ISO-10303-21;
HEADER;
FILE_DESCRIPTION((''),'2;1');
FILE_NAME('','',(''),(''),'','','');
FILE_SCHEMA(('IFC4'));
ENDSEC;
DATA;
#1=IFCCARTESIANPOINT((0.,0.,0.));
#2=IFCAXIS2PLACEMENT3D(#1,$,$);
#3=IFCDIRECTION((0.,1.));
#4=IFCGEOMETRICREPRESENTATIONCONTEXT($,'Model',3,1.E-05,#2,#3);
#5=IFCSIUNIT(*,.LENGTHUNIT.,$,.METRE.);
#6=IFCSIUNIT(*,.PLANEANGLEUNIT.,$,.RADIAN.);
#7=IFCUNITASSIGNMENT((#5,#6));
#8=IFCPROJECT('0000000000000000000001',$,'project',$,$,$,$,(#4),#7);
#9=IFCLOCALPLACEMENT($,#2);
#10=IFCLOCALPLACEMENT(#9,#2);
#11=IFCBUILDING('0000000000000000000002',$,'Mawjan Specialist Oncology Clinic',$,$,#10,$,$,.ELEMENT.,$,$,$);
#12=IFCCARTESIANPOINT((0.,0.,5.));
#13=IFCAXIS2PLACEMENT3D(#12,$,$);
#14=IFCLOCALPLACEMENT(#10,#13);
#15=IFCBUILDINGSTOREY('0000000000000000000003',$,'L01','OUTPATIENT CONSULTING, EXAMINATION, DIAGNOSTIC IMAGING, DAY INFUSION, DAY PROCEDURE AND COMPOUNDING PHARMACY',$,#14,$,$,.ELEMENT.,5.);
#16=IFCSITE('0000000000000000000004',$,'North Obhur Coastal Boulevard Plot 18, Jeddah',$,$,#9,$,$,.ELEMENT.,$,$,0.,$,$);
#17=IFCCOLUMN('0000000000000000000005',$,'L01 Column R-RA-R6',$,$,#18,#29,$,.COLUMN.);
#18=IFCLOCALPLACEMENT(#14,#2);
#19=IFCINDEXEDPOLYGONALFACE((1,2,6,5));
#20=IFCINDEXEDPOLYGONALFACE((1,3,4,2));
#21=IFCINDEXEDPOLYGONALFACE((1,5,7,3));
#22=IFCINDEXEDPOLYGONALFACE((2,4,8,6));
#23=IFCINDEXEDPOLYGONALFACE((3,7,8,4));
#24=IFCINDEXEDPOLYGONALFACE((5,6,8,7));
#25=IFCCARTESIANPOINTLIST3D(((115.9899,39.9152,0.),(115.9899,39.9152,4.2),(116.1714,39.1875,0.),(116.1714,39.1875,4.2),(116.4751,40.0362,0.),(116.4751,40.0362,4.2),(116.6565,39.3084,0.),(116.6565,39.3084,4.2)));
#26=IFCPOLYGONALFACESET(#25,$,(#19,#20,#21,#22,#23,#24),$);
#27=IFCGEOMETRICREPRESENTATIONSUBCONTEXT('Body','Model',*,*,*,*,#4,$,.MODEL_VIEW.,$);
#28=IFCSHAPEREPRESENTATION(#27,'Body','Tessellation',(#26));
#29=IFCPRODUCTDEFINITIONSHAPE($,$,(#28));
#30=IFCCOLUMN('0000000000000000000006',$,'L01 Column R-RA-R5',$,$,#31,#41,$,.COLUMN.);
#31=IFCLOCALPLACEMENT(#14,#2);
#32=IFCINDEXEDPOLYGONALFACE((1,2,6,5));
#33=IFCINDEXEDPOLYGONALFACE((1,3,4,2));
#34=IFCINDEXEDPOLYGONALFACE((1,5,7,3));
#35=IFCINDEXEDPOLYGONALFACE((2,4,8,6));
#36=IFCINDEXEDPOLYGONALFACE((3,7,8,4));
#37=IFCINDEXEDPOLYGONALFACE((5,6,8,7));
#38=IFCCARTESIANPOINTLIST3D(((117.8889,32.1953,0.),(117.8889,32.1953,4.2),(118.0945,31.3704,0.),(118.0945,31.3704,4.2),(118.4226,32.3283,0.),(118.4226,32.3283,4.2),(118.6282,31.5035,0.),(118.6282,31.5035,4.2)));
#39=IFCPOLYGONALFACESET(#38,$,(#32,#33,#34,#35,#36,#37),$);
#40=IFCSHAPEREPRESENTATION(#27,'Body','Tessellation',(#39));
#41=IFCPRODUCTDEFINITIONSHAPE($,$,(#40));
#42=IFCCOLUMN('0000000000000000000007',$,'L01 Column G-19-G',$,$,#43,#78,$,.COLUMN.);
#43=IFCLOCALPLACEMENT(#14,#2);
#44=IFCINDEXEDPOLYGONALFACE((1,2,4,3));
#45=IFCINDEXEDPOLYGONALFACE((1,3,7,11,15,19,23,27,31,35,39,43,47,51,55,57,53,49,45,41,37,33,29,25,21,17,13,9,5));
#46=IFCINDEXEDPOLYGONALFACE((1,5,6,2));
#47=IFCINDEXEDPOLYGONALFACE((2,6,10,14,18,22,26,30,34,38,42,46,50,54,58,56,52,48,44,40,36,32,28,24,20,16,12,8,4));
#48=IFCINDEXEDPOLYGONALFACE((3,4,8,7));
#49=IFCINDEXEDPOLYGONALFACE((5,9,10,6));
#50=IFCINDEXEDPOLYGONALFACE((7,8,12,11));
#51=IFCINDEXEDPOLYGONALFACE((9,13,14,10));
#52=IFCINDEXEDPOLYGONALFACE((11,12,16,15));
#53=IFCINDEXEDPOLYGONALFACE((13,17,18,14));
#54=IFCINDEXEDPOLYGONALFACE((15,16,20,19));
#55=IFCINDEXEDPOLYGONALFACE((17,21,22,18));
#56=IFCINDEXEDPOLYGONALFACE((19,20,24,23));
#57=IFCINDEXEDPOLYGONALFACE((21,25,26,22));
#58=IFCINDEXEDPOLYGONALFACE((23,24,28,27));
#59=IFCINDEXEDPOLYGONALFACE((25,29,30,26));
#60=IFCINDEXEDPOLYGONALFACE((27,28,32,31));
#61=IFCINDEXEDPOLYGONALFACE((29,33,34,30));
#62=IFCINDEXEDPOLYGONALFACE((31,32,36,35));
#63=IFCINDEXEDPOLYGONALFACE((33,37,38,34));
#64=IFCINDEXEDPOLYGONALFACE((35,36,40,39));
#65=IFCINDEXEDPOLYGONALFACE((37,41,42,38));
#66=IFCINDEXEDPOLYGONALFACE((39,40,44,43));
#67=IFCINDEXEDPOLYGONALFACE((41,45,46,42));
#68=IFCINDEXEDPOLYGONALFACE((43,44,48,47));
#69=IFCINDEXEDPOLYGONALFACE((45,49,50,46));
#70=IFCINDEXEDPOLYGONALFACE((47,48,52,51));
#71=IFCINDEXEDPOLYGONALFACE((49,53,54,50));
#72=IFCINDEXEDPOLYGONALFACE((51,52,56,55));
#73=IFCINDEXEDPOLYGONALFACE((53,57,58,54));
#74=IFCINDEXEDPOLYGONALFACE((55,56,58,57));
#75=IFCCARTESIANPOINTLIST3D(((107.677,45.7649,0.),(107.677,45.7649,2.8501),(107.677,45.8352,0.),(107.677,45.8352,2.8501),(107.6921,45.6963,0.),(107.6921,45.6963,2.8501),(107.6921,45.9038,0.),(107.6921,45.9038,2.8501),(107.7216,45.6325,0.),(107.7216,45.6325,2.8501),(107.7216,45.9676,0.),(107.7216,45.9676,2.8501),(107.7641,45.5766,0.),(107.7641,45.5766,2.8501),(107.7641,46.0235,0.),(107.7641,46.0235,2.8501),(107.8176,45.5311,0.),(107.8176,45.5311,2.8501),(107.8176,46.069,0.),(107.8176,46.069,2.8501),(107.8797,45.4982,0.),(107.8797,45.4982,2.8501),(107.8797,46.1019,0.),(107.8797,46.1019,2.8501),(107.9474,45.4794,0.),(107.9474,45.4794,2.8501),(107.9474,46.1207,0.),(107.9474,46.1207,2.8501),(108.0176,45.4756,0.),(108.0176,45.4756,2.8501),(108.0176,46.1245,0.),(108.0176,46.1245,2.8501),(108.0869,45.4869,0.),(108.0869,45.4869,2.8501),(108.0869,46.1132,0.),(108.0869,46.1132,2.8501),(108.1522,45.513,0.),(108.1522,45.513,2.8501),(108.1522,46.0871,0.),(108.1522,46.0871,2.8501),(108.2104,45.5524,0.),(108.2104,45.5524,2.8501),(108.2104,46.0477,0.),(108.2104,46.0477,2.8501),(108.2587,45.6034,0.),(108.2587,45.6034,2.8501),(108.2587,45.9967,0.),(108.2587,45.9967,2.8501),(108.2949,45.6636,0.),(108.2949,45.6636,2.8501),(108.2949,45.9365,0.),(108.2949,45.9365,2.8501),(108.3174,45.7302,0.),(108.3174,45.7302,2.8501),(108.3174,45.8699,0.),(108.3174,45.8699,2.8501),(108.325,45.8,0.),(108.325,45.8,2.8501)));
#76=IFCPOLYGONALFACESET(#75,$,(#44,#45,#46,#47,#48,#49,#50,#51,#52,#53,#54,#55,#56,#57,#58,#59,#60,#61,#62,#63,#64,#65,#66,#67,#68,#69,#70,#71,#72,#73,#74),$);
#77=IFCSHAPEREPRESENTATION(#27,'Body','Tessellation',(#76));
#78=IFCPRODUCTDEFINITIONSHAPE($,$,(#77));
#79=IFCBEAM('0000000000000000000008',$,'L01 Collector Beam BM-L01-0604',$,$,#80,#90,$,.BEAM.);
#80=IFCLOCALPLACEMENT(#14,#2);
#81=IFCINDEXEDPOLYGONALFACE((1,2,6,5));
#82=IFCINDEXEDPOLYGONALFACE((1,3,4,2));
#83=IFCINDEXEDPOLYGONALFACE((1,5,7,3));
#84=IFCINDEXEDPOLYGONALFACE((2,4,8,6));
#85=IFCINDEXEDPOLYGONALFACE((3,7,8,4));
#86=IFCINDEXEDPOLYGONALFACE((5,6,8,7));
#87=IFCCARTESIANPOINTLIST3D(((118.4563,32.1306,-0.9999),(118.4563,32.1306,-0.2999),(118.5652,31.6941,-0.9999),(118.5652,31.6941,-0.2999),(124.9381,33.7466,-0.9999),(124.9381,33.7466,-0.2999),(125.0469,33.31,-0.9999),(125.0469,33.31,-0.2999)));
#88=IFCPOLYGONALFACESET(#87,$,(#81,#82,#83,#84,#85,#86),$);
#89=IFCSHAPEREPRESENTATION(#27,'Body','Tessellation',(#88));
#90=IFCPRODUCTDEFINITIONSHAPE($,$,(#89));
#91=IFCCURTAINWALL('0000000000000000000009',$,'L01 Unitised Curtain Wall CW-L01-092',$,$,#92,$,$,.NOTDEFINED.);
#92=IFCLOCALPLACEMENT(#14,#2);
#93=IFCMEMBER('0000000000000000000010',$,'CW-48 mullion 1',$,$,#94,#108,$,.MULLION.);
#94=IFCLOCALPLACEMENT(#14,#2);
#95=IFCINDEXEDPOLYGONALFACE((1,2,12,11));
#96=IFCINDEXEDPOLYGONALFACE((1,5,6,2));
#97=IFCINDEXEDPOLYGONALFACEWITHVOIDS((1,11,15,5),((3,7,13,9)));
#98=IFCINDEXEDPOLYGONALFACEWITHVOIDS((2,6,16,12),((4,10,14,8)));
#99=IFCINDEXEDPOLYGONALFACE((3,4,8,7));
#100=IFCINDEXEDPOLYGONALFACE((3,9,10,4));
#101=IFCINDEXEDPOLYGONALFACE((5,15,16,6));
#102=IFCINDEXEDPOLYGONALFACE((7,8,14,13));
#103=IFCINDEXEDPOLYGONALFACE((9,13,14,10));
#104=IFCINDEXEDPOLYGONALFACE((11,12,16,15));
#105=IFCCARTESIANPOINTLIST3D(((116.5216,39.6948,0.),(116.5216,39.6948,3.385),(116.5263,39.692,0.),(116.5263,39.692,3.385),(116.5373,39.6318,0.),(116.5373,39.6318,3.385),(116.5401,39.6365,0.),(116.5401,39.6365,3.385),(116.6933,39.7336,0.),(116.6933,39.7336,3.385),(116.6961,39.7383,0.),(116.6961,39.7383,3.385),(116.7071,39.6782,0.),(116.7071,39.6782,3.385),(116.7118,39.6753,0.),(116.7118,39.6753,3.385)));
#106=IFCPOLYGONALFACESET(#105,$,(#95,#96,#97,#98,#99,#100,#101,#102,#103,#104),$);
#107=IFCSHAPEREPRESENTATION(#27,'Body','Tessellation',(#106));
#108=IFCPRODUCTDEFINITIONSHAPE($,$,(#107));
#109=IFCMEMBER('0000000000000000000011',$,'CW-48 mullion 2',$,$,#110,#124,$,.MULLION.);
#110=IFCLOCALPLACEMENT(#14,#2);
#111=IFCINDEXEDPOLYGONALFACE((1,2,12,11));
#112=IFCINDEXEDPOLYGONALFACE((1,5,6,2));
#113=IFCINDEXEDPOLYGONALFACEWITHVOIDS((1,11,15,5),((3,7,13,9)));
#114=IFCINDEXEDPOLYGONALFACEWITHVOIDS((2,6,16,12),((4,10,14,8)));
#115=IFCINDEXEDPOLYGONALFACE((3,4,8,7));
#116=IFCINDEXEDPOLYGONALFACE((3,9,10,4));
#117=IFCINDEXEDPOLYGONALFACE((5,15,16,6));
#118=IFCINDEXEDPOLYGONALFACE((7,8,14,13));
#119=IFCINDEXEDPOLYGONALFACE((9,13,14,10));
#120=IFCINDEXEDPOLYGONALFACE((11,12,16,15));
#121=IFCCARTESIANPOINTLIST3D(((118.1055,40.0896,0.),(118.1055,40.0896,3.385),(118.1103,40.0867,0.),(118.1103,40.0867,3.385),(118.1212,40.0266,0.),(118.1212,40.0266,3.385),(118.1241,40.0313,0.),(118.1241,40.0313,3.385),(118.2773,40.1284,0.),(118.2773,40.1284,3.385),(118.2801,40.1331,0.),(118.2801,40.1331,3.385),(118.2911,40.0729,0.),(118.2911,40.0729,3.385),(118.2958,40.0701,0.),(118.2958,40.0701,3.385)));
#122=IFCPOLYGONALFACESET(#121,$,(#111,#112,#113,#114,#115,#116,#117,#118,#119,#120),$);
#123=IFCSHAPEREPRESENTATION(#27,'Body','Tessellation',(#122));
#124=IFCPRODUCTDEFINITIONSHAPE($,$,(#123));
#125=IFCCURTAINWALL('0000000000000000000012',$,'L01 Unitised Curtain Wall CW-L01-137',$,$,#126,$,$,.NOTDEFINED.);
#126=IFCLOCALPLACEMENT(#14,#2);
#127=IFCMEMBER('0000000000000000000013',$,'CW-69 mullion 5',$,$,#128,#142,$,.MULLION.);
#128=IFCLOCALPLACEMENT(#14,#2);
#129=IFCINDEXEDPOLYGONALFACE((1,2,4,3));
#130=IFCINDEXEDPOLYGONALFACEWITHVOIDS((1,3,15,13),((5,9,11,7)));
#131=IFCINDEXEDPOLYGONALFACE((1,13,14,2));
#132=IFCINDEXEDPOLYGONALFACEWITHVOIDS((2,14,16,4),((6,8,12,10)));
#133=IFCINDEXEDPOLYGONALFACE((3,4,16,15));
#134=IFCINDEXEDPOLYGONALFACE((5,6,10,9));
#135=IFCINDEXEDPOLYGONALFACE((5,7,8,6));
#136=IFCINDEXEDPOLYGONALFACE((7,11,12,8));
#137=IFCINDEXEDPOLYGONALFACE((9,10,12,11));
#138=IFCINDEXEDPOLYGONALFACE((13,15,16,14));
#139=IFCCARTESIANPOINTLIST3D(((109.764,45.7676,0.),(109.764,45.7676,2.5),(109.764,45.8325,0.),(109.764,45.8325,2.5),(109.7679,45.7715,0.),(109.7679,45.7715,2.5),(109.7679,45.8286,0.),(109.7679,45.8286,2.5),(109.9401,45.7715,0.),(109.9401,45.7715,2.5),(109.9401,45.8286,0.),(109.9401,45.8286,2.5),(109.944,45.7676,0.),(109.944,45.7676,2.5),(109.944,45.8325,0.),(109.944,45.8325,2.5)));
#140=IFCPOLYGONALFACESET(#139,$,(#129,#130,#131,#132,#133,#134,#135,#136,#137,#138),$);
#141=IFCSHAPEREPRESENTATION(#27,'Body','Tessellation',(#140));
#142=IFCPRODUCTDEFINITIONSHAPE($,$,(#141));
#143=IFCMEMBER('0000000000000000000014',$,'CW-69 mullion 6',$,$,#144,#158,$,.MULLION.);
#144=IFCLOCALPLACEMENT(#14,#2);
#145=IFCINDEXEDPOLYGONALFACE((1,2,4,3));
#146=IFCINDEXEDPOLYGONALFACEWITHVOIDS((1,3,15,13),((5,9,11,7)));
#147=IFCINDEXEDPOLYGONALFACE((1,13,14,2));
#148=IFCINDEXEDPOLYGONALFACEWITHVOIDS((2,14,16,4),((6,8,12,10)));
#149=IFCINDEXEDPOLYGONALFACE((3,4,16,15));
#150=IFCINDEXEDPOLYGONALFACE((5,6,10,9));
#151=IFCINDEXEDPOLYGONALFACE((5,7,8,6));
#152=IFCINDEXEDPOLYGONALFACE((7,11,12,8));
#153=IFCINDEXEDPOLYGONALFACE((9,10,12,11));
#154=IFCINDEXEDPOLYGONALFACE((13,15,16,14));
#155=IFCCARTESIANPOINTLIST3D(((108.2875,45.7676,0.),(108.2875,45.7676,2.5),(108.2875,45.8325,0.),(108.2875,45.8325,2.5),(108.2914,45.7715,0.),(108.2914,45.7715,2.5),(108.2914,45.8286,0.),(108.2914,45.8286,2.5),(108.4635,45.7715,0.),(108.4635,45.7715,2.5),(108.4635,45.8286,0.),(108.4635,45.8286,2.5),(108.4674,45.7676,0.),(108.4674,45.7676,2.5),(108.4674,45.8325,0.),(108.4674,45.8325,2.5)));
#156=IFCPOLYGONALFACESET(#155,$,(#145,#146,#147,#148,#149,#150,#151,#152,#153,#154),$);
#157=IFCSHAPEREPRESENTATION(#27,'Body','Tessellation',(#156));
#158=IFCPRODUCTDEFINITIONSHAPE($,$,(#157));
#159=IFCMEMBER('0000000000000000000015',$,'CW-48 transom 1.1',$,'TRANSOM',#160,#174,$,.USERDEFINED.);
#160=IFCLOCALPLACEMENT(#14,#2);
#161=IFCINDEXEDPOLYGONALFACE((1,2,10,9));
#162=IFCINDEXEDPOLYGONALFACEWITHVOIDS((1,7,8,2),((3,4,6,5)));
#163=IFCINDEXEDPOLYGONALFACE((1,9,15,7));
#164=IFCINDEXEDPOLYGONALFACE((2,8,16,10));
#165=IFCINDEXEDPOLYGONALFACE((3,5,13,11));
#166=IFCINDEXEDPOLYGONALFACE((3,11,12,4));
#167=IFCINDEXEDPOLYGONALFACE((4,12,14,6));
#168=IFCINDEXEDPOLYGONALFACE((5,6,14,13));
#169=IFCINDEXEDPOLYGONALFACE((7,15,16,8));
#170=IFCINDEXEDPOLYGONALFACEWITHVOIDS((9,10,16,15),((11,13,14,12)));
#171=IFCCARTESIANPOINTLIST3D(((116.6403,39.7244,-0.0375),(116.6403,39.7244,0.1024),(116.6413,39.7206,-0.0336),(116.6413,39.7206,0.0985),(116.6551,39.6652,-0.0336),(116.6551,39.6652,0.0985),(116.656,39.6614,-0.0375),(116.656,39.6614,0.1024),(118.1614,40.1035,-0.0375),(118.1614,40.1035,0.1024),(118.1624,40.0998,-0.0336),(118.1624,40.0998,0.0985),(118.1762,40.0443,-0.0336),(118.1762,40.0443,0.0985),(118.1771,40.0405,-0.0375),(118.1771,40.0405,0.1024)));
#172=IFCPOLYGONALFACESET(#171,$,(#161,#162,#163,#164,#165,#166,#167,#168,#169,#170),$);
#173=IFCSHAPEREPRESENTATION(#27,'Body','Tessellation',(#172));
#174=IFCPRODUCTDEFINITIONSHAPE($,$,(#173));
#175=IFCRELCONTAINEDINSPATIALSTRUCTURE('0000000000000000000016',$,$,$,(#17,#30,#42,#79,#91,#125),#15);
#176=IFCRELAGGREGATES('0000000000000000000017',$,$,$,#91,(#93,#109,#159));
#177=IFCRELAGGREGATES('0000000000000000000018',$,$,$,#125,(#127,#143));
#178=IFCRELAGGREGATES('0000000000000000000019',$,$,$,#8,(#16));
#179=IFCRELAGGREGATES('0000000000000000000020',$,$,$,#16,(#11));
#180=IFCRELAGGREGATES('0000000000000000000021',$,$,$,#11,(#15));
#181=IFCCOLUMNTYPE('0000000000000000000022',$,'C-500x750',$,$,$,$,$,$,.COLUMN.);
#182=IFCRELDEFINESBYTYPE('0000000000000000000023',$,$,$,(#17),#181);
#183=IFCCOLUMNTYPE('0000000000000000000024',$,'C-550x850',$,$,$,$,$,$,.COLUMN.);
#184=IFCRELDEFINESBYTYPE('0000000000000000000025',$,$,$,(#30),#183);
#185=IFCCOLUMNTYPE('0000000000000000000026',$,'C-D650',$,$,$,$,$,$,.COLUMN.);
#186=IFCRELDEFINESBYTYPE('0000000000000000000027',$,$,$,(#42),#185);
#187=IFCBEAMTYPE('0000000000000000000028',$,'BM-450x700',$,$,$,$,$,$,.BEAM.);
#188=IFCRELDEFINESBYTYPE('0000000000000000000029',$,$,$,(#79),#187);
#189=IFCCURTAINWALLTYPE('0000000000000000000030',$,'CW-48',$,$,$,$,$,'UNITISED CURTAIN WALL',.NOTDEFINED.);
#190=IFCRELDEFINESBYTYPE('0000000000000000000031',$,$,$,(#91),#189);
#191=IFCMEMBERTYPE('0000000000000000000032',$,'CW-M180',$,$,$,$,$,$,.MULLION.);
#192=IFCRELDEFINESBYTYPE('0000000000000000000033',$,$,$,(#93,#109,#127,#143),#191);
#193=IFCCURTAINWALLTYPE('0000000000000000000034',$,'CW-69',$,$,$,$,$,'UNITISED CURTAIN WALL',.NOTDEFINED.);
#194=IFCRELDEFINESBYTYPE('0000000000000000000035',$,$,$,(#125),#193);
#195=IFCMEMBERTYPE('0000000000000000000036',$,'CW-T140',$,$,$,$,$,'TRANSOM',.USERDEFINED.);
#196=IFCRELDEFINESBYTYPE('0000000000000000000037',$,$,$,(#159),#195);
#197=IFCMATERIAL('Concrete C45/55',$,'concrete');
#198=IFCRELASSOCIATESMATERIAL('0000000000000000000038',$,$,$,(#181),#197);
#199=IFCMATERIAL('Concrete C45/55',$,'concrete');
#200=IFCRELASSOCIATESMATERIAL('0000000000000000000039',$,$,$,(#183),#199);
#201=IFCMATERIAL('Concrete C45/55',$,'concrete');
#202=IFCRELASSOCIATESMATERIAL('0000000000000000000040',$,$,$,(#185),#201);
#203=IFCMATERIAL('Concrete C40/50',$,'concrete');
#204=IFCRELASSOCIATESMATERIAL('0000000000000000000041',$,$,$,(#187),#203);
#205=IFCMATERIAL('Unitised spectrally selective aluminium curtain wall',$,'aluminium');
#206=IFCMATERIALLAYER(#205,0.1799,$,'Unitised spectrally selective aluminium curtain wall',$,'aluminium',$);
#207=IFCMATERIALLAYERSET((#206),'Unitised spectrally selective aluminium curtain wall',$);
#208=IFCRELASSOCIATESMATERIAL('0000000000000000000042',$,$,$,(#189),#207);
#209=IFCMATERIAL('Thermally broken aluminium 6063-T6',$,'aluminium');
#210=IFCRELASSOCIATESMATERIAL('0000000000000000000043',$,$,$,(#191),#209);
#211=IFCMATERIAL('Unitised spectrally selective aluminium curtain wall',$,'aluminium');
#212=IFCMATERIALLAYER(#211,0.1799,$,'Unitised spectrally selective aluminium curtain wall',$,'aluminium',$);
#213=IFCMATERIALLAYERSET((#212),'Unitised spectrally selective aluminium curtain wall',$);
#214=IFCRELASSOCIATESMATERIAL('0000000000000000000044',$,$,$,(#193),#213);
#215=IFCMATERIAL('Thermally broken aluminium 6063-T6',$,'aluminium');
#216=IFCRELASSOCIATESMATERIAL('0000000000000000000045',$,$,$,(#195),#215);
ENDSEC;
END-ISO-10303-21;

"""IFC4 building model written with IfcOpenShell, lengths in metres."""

from ifc_helpers import new_model, si_unit, direction, frame, origin, origin_2d, place, context, subcontext, project, spatial, rectangle, hollow_rectangle, circle, extrude, material, layer, layer_set, material_profile, profile_set, type_object, element, aggregate, save


model = new_model("IFC4")

# Units and contexts
model_context = context("Model", 3, precision=1e-05, world=origin(), true_north=direction((0.0, 1.0)))
body_context = subcontext(model_context, "Body", "Model", "MODEL_VIEW")
ifc_project = project(units=[si_unit("LENGTHUNIT", "METRE"), si_unit("PLANEANGLEUNIT", "RADIAN")], contexts=[model_context])

# Site, building, storey
site_placement = place(None, origin())
site = spatial("IfcSite", under=ifc_project, at=site_placement, Name="North Obhur Coastal Boulevard Plot 18, Jeddah", CompositionType="ELEMENT", RefElevation=0.0)
building_placement = place(site_placement, origin())
building = spatial("IfcBuilding", under=site, at=building_placement, Name="Mawjan Specialist Oncology Clinic", CompositionType="ELEMENT")
storey_placement = place(building_placement, frame((0.0, 0.0, 5.0)))
storey = spatial("IfcBuildingStorey", under=building, at=storey_placement, Name="L01", Description="OUTPATIENT CONSULTING, EXAMINATION, DIAGNOSTIC IMAGING, DAY INFUSION, DAY PROCEDURE AND COMPOUNDING PHARMACY", CompositionType="ELEMENT", Elevation=5.0)

# Columns
ifc_material_1 = material(Name="Concrete C45/55", Category="concrete")
ifc_material_profile_1 = material_profile(ifc_material_1, rectangle(XDim=0.5, YDim=0.75, at=origin_2d()), Name="RC COL 500x750", Category="concrete")
ifc_profile_set_1 = profile_set([ifc_material_profile_1], Name="Concrete C45/55")
column_type_1 = type_object("IfcColumnType", Name="C-500x750", PredefinedType="COLUMN", material=ifc_profile_set_1)
column_1_placement = place(storey_placement, frame((116.3232, 39.6118, 0.0), z_axis=(0.0, 0.0, 1.0), x_axis=(0.970296, 0.241922, 0.0)))
element("IfcColumn", 1, at=column_1_placement, inside=storey, type_object=column_type_1, Name="L01 Column R-RA-R6", PredefinedType="COLUMN", context=body_context, shape_type="SweptSolid", body=[
    extrude(rectangle(XDim=0.5, YDim=0.75, at=origin_2d()), origin(), (0.0, 0.0, 1.0), 4.2),
])
ifc_material_2 = material(Name="Concrete C45/55", Category="concrete")
ifc_material_profile_2 = material_profile(ifc_material_2, rectangle(XDim=0.55, YDim=0.8501, at=origin_2d()), Name="RC COL 550x850", Category="concrete")
ifc_profile_set_2 = profile_set([ifc_material_profile_2], Name="Concrete C45/55")
column_type_2 = type_object("IfcColumnType", Name="C-550x850", PredefinedType="COLUMN", material=ifc_profile_set_2)
column_2_placement = place(storey_placement, frame((118.2585, 31.8494, 0.0), z_axis=(0.0, 0.0, 1.0), x_axis=(0.970296, 0.241922, 0.0)))
element("IfcColumn", 2, at=column_2_placement, inside=storey, type_object=column_type_2, Name="L01 Column R-RA-R5", PredefinedType="COLUMN", context=body_context, shape_type="SweptSolid", body=[
    extrude(rectangle(XDim=0.55, YDim=0.8501, at=origin_2d()), origin(), (0.0, 0.0, 1.0), 4.2),
])
ifc_material_3 = material(Name="Concrete C45/55", Category="concrete")
ifc_material_profile_3 = material_profile(ifc_material_3, circle(Radius=0.325, at=origin_2d()), Name="RC COL D650", Category="concrete")
ifc_profile_set_3 = profile_set([ifc_material_profile_3], Name="Concrete C45/55")
column_type_3 = type_object("IfcColumnType", Name="C-D650", PredefinedType="COLUMN", material=ifc_profile_set_3)
column_3_placement = place(storey_placement, frame((108.0, 45.8, 0.0), z_axis=(0.0, 0.0, 1.0), x_axis=(1.0, 0.0, 0.0)))
element("IfcColumn", 3, at=column_3_placement, inside=storey, type_object=column_type_3, Name="L01 Column G-19-G", PredefinedType="COLUMN", context=body_context, shape_type="SweptSolid", body=[
    extrude(circle(Radius=0.325, at=origin_2d()), origin(), (0.0, 0.0, 1.0), 2.8501),
])

# Beam
ifc_material_4 = material(Name="Concrete C40/50", Category="concrete")
ifc_material_profile_4 = material_profile(ifc_material_4, rectangle(XDim=0.45, YDim=0.7, at=origin_2d()), Name="RC BM 450x700", Category="concrete")
ifc_profile_set_4 = profile_set([ifc_material_profile_4], Name="Concrete C40/50")
beam_type_1 = type_object("IfcBeamType", Name="BM-450x700", PredefinedType="BEAM", material=ifc_profile_set_4)
beam_1_placement = place(storey_placement, frame((118.5107, 31.9124, -0.6499), z_axis=(0.970299, 0.241908, 0.0), x_axis=(-0.241908, 0.970299, 0.0)))
element("IfcBeam", 4, at=beam_1_placement, inside=storey, type_object=beam_type_1, Name="L01 Collector Beam BM-L01-0604", PredefinedType="BEAM", context=body_context, shape_type="SweptSolid", body=[
    extrude(rectangle(XDim=0.45, YDim=0.7, at=origin_2d()), origin(), (0.0, 0.0, 1.0), 6.6802),
])

# Curtain walls, members
ifc_material_5 = material(Name="Unitised spectrally selective aluminium curtain wall", Category="aluminium")
ifc_layer_1 = layer(ifc_material_5, 0.1799, Name="Unitised spectrally selective aluminium curtain wall", Category="aluminium")
ifc_layer_set_1 = layer_set([ifc_layer_1], Name="Unitised spectrally selective aluminium curtain wall")
curtain_wall_type_1 = type_object("IfcCurtainWallType", Name="CW-48", ElementType="UNITISED CURTAIN WALL", PredefinedType="NOTDEFINED", material=ifc_layer_set_1)
curtain_wall_1_placement = place(storey_placement, origin())
curtain_wall_1 = element("IfcCurtainWall", 5, at=curtain_wall_1_placement, inside=storey, type_object=curtain_wall_type_1, Name="L01 Unitised Curtain Wall CW-L01-092", PredefinedType="NOTDEFINED")
ifc_material_6 = material(Name="Thermally broken aluminium 6063-T6", Category="aluminium")
ifc_material_profile_5 = material_profile(ifc_material_6, hollow_rectangle(XDim=0.0649, YDim=0.1799, WallThickness=0.0039, at=origin_2d()), Name="ALU MULLION 180x65x4", Category="aluminium")
ifc_profile_set_5 = profile_set([ifc_material_profile_5], Name="Thermally broken aluminium 6063-T6")
member_type_1 = type_object("IfcMemberType", Name="CW-M180", PredefinedType="MULLION", material=ifc_profile_set_5)
member_1_placement = place(storey_placement, frame((116.6167, 39.6851, 0.0), z_axis=(0.0, 0.0, 1.0), x_axis=(-0.241922, 0.970296, 0.0)))
member_1 = element("IfcMember", 6, at=member_1_placement, type_object=member_type_1, Name="CW-48 mullion 1", PredefinedType="MULLION", context=body_context, shape_type="SweptSolid", body=[
    extrude(hollow_rectangle(XDim=0.0649, YDim=0.1799, WallThickness=0.0039, at=origin_2d()), origin(), (0.0, 0.0, 1.0), 3.385),
])
member_2_placement = place(storey_placement, frame((118.2007, 40.0798, 0.0), z_axis=(0.0, 0.0, 1.0), x_axis=(-0.241922, 0.970296, 0.0)))
member_2 = element("IfcMember", 7, at=member_2_placement, type_object=member_type_1, Name="CW-48 mullion 2", PredefinedType="MULLION", context=body_context, shape_type="SweptSolid", body=[
    extrude(hollow_rectangle(XDim=0.0649, YDim=0.1799, WallThickness=0.0039, at=origin_2d()), origin(), (0.0, 0.0, 1.0), 3.385),
])
ifc_material_7 = material(Name="Unitised spectrally selective aluminium curtain wall", Category="aluminium")
ifc_layer_2 = layer(ifc_material_7, 0.1799, Name="Unitised spectrally selective aluminium curtain wall", Category="aluminium")
ifc_layer_set_2 = layer_set([ifc_layer_2], Name="Unitised spectrally selective aluminium curtain wall")
curtain_wall_type_2 = type_object("IfcCurtainWallType", Name="CW-69", ElementType="UNITISED CURTAIN WALL", PredefinedType="NOTDEFINED", material=ifc_layer_set_2)
curtain_wall_2_placement = place(storey_placement, origin())
curtain_wall_2 = element("IfcCurtainWall", 8, at=curtain_wall_2_placement, inside=storey, type_object=curtain_wall_type_2, Name="L01 Unitised Curtain Wall CW-L01-137", PredefinedType="NOTDEFINED")
member_3_placement = place(storey_placement, frame((109.854, 45.8, 0.0), z_axis=(0.0, 0.0, 1.0), x_axis=(0.0, -1.0, 0.0)))
member_3 = element("IfcMember", 9, at=member_3_placement, type_object=member_type_1, Name="CW-69 mullion 5", PredefinedType="MULLION", context=body_context, shape_type="SweptSolid", body=[
    extrude(hollow_rectangle(XDim=0.0649, YDim=0.1799, WallThickness=0.0039, at=origin_2d()), origin(), (0.0, 0.0, 1.0), 2.5),
])
member_4_placement = place(storey_placement, frame((108.3774, 45.8, 0.0), z_axis=(0.0, 0.0, 1.0), x_axis=(0.0, -1.0, 0.0)))
member_4 = element("IfcMember", 10, at=member_4_placement, type_object=member_type_1, Name="CW-69 mullion 6", PredefinedType="MULLION", context=body_context, shape_type="SweptSolid", body=[
    extrude(hollow_rectangle(XDim=0.0649, YDim=0.1799, WallThickness=0.0039, at=origin_2d()), origin(), (0.0, 0.0, 1.0), 2.5),
])

# Member
ifc_material_8 = material(Name="Thermally broken aluminium 6063-T6", Category="aluminium")
ifc_material_profile_6 = material_profile(ifc_material_8, hollow_rectangle(XDim=0.0649, YDim=0.1399, WallThickness=0.0039, at=origin_2d()), Name="ALU TRANSOM 140x65x4", Category="aluminium")
ifc_profile_set_6 = profile_set([ifc_material_profile_6], Name="Thermally broken aluminium 6063-T6")
member_type_2 = type_object("IfcMemberType", Name="CW-T140", ElementType="TRANSOM", PredefinedType="USERDEFINED", material=ifc_profile_set_6)
member_5_placement = place(storey_placement, frame((116.6482, 39.6929, 0.0325), z_axis=(0.970307, 0.241876, 0.0), x_axis=(-0.241876, 0.970307, 0.0)))
member_5 = element("IfcMember", 11, at=member_5_placement, type_object=member_type_2, Name="CW-48 transom 1.1", ObjectType="TRANSOM", PredefinedType="USERDEFINED", context=body_context, shape_type="SweptSolid", body=[
    extrude(hollow_rectangle(XDim=0.0649, YDim=0.1399, WallThickness=0.0039, at=origin_2d()), origin(), (0.0, 0.0, 1.0), 1.5676),
])

aggregate(curtain_wall_1, [member_1, member_2, member_5])
aggregate(curtain_wall_2, [member_3, member_4])

save(model, "model.ifc")
